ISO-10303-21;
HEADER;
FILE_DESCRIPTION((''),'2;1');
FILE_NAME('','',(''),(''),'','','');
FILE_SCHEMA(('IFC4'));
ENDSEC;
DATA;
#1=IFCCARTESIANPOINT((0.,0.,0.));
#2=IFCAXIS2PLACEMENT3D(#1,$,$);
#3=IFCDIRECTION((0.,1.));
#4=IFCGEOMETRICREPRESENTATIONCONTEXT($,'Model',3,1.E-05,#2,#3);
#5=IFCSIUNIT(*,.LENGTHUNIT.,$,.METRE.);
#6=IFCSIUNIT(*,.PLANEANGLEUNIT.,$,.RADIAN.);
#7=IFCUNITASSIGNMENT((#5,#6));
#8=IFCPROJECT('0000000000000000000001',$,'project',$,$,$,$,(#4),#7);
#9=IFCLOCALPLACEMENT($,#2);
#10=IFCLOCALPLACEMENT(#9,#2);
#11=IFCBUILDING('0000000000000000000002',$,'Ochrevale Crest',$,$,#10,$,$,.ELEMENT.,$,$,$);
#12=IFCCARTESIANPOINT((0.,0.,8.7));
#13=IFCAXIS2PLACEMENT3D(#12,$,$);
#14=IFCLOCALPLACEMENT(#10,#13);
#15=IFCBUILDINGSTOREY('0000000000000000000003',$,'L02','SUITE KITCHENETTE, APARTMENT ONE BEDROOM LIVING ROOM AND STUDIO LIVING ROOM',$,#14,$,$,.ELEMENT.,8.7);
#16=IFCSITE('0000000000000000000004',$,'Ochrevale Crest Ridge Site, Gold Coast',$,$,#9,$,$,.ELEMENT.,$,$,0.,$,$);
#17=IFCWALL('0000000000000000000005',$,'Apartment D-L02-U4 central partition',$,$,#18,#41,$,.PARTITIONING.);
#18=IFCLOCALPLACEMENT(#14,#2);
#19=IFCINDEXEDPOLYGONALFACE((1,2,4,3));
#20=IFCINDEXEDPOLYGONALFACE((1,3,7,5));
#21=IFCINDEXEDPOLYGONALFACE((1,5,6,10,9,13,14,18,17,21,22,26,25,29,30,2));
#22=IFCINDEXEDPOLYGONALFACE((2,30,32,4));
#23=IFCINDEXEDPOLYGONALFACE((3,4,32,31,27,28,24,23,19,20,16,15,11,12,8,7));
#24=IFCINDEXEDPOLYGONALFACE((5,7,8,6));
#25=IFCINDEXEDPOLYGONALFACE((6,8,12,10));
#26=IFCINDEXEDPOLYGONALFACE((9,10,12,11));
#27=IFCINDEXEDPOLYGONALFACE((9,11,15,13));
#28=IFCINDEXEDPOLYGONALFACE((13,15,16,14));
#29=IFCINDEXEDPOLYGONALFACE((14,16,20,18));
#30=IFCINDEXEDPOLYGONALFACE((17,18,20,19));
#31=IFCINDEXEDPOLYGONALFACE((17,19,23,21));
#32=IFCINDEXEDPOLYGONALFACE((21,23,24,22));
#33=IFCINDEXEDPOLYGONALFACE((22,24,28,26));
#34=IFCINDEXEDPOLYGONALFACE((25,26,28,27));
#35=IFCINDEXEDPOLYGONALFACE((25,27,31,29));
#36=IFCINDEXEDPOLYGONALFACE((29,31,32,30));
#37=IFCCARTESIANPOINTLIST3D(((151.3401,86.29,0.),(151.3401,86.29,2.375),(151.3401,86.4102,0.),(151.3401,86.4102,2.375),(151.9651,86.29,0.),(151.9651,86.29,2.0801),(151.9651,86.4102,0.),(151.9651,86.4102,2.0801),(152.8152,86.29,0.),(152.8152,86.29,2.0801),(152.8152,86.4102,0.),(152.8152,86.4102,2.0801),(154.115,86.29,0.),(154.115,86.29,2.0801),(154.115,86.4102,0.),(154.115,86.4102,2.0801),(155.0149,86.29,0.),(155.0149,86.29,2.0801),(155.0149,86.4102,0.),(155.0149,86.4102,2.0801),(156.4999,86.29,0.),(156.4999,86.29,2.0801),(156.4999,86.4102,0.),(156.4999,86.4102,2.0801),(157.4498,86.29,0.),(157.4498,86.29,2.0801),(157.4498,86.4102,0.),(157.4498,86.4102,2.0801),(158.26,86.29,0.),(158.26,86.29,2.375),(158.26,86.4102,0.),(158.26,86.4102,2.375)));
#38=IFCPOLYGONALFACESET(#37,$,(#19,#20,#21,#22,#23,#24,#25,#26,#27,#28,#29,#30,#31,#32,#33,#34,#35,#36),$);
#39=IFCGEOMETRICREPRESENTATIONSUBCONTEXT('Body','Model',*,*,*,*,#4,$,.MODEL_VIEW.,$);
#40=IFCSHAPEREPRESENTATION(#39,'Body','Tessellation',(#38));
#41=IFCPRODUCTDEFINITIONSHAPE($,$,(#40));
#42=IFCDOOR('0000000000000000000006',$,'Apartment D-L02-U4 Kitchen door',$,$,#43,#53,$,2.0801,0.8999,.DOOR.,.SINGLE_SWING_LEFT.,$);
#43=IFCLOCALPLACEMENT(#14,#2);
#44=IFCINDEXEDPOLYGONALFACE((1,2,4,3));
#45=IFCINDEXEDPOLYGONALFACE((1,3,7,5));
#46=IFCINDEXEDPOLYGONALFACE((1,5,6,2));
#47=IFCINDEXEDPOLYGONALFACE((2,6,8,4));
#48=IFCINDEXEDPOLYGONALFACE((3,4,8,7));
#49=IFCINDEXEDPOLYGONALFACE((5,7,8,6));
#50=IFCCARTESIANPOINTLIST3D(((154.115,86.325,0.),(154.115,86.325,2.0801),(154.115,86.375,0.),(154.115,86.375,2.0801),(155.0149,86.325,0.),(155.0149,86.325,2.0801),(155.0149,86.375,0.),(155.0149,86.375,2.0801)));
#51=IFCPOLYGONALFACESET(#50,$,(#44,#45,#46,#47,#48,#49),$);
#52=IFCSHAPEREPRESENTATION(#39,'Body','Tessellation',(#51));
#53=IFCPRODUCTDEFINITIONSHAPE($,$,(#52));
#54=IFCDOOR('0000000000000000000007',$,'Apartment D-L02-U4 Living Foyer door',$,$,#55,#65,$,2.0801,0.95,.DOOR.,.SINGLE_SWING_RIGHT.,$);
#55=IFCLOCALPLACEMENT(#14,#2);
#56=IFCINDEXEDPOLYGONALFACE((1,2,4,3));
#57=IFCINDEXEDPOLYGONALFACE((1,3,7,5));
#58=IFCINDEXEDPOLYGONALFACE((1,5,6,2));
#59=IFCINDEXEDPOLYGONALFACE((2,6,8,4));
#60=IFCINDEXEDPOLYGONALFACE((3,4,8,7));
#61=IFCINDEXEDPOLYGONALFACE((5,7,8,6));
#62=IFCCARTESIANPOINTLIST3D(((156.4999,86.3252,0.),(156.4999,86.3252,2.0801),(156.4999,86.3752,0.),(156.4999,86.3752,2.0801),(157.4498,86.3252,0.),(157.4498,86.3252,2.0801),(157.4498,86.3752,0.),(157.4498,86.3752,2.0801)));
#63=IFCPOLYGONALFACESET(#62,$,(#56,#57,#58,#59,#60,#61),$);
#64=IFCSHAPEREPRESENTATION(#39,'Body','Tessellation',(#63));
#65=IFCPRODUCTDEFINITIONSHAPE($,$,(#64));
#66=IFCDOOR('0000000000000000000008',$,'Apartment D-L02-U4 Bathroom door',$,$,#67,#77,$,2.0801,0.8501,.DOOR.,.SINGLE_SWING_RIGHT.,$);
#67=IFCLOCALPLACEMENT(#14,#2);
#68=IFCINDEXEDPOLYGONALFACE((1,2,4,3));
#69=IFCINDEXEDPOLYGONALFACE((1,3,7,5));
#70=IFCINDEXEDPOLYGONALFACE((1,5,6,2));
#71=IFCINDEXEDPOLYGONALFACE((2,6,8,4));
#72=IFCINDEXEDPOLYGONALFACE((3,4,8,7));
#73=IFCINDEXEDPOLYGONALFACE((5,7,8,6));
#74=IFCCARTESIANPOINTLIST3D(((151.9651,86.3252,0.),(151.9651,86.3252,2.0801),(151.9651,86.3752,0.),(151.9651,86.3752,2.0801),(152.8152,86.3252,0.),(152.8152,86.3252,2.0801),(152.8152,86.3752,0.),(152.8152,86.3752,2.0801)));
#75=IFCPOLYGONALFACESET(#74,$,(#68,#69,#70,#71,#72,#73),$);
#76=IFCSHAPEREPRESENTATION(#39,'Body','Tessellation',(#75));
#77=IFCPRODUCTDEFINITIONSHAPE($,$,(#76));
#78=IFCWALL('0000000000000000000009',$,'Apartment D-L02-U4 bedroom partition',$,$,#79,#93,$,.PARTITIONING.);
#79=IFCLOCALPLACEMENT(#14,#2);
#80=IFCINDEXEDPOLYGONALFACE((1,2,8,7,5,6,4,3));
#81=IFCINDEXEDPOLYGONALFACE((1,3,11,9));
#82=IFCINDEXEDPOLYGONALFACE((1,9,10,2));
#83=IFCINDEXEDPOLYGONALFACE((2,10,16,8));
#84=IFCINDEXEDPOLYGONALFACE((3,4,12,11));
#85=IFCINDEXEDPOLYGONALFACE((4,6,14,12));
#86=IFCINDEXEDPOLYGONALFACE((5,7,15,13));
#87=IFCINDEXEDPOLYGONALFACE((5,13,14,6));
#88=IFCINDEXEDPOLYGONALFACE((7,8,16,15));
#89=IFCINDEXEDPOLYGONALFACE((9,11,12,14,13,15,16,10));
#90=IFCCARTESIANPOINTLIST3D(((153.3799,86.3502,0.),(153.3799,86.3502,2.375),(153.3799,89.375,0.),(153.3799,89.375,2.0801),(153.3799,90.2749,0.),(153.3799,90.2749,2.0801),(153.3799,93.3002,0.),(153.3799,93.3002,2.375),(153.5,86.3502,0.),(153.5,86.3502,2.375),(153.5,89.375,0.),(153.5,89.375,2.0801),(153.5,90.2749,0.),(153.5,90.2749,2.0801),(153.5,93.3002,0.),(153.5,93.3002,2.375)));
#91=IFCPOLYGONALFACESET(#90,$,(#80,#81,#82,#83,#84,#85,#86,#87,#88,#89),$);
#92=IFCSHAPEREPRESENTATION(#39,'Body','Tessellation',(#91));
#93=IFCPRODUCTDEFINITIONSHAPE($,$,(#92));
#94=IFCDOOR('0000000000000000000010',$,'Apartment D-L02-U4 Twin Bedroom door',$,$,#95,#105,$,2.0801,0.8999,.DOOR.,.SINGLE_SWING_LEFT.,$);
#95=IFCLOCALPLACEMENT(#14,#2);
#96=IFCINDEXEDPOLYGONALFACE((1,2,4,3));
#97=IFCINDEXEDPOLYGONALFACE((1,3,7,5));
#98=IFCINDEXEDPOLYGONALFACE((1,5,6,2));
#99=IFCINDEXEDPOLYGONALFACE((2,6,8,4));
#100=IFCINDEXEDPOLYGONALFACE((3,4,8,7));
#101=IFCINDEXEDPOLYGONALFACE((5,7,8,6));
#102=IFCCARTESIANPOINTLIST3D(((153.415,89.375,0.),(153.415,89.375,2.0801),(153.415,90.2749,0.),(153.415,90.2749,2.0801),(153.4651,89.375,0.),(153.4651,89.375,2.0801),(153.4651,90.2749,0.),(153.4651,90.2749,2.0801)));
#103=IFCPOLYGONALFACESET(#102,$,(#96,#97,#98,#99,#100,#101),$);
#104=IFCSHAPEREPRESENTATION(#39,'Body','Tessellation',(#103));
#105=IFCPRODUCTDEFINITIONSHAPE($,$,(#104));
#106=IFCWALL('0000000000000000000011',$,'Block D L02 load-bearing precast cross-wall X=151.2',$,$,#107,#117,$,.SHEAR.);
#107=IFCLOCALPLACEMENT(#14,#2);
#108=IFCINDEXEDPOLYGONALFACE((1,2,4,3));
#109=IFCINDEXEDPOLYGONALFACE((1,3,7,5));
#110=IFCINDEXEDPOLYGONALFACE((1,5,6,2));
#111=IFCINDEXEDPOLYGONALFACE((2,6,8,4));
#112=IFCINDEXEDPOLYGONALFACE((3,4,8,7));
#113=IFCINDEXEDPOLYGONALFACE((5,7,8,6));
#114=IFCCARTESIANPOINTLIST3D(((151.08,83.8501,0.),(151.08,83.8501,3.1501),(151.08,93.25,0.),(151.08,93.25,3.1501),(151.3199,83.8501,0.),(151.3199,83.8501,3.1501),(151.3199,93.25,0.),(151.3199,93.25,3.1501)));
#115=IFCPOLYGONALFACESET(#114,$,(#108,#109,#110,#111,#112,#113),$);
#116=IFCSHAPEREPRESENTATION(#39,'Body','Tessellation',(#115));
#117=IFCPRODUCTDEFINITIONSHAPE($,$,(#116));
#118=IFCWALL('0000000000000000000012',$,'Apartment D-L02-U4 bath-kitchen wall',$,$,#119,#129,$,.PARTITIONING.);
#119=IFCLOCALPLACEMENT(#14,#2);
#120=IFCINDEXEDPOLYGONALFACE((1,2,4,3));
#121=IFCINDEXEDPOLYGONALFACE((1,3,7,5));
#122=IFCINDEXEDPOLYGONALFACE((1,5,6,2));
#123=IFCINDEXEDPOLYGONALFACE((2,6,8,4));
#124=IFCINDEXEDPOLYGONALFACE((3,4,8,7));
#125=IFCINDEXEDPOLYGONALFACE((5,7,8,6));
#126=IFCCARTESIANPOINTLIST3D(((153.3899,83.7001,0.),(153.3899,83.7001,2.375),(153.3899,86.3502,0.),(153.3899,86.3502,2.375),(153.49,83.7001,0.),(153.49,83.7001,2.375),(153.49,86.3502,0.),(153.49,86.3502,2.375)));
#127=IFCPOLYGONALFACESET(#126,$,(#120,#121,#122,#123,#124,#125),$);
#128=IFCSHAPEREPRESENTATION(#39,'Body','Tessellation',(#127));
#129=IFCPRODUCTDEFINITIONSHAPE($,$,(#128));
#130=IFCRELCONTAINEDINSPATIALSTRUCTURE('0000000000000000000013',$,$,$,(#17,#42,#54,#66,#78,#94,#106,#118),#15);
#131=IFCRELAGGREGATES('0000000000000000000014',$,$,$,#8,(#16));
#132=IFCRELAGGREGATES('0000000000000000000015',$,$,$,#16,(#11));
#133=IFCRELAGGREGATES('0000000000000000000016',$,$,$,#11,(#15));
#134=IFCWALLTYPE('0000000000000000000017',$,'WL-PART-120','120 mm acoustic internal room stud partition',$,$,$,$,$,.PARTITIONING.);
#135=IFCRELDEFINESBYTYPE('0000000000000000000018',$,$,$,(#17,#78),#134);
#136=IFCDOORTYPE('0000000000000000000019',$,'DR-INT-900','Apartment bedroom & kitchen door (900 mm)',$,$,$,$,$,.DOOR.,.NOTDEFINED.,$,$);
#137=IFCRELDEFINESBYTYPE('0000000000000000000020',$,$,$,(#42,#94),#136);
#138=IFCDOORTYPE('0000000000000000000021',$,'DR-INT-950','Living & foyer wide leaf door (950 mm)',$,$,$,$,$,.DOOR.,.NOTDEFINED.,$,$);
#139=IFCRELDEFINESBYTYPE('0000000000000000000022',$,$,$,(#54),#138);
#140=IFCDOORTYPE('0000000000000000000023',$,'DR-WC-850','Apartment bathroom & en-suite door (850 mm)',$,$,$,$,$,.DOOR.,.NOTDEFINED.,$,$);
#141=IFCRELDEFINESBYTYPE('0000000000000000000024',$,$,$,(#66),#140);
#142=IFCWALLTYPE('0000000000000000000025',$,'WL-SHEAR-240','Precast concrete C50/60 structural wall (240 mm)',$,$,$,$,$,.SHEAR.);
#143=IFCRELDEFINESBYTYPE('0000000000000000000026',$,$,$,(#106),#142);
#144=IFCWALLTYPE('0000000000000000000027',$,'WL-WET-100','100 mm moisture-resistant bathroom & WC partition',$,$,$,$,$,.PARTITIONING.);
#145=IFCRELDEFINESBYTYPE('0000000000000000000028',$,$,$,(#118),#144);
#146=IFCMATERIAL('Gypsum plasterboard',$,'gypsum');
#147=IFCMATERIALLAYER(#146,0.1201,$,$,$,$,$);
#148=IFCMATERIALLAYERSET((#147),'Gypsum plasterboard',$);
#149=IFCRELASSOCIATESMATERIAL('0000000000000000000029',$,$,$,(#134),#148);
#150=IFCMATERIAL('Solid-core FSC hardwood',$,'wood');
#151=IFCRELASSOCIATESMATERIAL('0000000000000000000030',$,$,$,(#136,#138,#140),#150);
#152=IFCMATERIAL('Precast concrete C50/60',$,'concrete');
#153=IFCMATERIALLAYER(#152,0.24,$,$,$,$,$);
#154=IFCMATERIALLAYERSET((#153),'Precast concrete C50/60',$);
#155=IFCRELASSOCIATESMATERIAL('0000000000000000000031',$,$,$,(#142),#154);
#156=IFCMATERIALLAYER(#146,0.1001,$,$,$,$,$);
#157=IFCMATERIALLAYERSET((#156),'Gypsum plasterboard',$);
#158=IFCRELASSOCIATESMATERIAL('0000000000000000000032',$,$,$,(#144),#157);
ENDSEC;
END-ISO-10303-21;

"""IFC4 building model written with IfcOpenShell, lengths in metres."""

from ifc_helpers import new_model, si_unit, direction, frame, frame_2d, origin, place, context, subcontext, project, spatial, rectangle, extrude, material, layer, layer_set, type_object, element, fill, save


model = new_model("IFC4")

# Units and contexts
model_context = context("Model", 3, precision=1e-05, world=origin(), true_north=direction((0.0, 1.0)))
body_context = subcontext(model_context, "Body", "Model", "MODEL_VIEW")
ifc_project = project(units=[si_unit("LENGTHUNIT", "METRE"), si_unit("PLANEANGLEUNIT", "RADIAN")], contexts=[model_context])

# Site, building, storey
site_placement = place(None, origin())
site = spatial("IfcSite", under=ifc_project, at=site_placement, Name="Ochrevale Crest Ridge Site, Gold Coast", CompositionType="ELEMENT", RefElevation=0.0)
building_placement = place(site_placement, origin())
building = spatial("IfcBuilding", under=site, at=building_placement, Name="Ochrevale Crest", CompositionType="ELEMENT")
storey_placement = place(building_placement, frame((0.0, 0.0, 8.7)))
storey = spatial("IfcBuildingStorey", under=building, at=storey_placement, Name="L02", Description="SUITE KITCHENETTE, APARTMENT ONE BEDROOM LIVING ROOM AND STUDIO LIVING ROOM", CompositionType="ELEMENT", Elevation=8.7)

# Shared definitions
ifc_material_1 = material(Name="Precast concrete C50/60", Category="concrete")

# Shared definitions
ifc_material_2 = material(Name="Gypsum plasterboard", Category="gypsum")
ifc_material_3 = material(Name="Solid-core FSC hardwood", Category="wood")

# Shared definitions
ifc_layer_1 = layer(ifc_material_2, 0.1201)
ifc_layer_set_1 = layer_set([ifc_layer_1], Name="Gypsum plasterboard")
wall_type_1 = type_object("IfcWallType", Name="WL-PART-120", Description="120 mm acoustic internal room stud partition", PredefinedType="PARTITIONING", material=ifc_layer_set_1)

# Wall, openings, doors
wall_1_placement = place(storey_placement, frame((151.3401, 86.3501, 0.0), z_axis=(0.0, 0.0, 1.0), x_axis=(1.0, 0.0, 0.0)))
wall_1 = element("IfcWall", 1, at=wall_1_placement, inside=storey, type_object=wall_type_1, Name="Apartment D-L02-U4 central partition", PredefinedType="PARTITIONING", context=body_context, shape_type="SweptSolid", body=[
    extrude(rectangle(XDim=6.9199, YDim=0.1201, at=frame_2d((3.46, 0.0))), origin(), (0.0, 0.0, 1.0), 2.375),
])
opening_1_placement = place(wall_1_placement, frame((1.4751, 0.0, 0.0), z_axis=(0.0, 0.0, 1.0), x_axis=(-1.0, 0.0, 0.0)))
opening_1 = element("IfcOpeningElement", 2, at=opening_1_placement, cuts=wall_1, PredefinedType="OPENING", context=body_context, shape_type="SweptSolid", body=[
    extrude(rectangle(XDim=0.8501, YDim=2.0801, at=frame_2d((0.425, 1.04))), frame((0.0, 0.0701, 0.0), z_axis=(0.0, -1.0, 0.0), x_axis=(1.0, 0.0, 0.0)), (0.0, 0.0, 1.0), 0.1401),
])
opening_2_placement = place(wall_1_placement, frame((2.7749, 0.0, 0.0)))
opening_2 = element("IfcOpeningElement", 3, at=opening_2_placement, cuts=wall_1, PredefinedType="OPENING", context=body_context, shape_type="SweptSolid", body=[
    extrude(rectangle(XDim=0.8999, YDim=2.0801, at=frame_2d((0.45, 1.04))), frame((0.0, 0.0701, 0.0), z_axis=(0.0, -1.0, 0.0), x_axis=(1.0, 0.0, 0.0)), (0.0, 0.0, 1.0), 0.1401),
])
opening_3_placement = place(wall_1_placement, frame((6.1099, 0.0, 0.0), z_axis=(0.0, 0.0, 1.0), x_axis=(-1.0, 0.0, 0.0)))
opening_3 = element("IfcOpeningElement", 4, at=opening_3_placement, cuts=wall_1, PredefinedType="OPENING", context=body_context, shape_type="SweptSolid", body=[
    extrude(rectangle(XDim=0.95, YDim=2.0801, at=frame_2d((0.4751, 1.04))), frame((0.0, 0.0701, 0.0), z_axis=(0.0, -1.0, 0.0), x_axis=(1.0, 0.0, 0.0)), (0.0, 0.0, 1.0), 0.1401),
])
door_type_1 = type_object("IfcDoorType", Name="DR-INT-900", Description="Apartment bedroom & kitchen door (900 mm)", OperationType="NOTDEFINED", PredefinedType="DOOR", material=ifc_material_3)
door_1_placement = place(opening_2_placement, origin())
door_1 = element("IfcDoor", 5, at=door_1_placement, inside=storey, type_object=door_type_1, Name="Apartment D-L02-U4 Kitchen door", OperationType="SINGLE_SWING_LEFT", OverallHeight=2.0801, OverallWidth=0.8999, PredefinedType="DOOR", context=body_context, shape_type="SweptSolid", body=[
    extrude(rectangle(XDim=0.8999, YDim=2.0801, at=frame_2d((0.45, 1.04))), frame((0.0, 0.0249, 0.0), z_axis=(0.0, -1.0, 0.0), x_axis=(1.0, 0.0, 0.0)), (0.0, 0.0, 1.0), 0.05),
])
fill(opening_2, door_1)
door_type_2 = type_object("IfcDoorType", Name="DR-INT-950", Description="Living & foyer wide leaf door (950 mm)", OperationType="NOTDEFINED", PredefinedType="DOOR", material=ifc_material_3)
door_2_placement = place(opening_3_placement, origin())
door_2 = element("IfcDoor", 6, at=door_2_placement, inside=storey, type_object=door_type_2, Name="Apartment D-L02-U4 Living Foyer door", OperationType="SINGLE_SWING_RIGHT", OverallHeight=2.0801, OverallWidth=0.95, PredefinedType="DOOR", context=body_context, shape_type="SweptSolid", body=[
    extrude(rectangle(XDim=0.95, YDim=2.0801, at=frame_2d((0.4751, 1.04))), frame((0.0, 0.0249, 0.0), z_axis=(0.0, -1.0, 0.0), x_axis=(1.0, 0.0, 0.0)), (0.0, 0.0, 1.0), 0.05),
])
fill(opening_3, door_2)
door_type_3 = type_object("IfcDoorType", Name="DR-WC-850", Description="Apartment bathroom & en-suite door (850 mm)", OperationType="NOTDEFINED", PredefinedType="DOOR", material=ifc_material_3)
door_3_placement = place(opening_1_placement, origin())
door_3 = element("IfcDoor", 7, at=door_3_placement, inside=storey, type_object=door_type_3, Name="Apartment D-L02-U4 Bathroom door", OperationType="SINGLE_SWING_RIGHT", OverallHeight=2.0801, OverallWidth=0.8501, PredefinedType="DOOR", context=body_context, shape_type="SweptSolid", body=[
    extrude(rectangle(XDim=0.8501, YDim=2.0801, at=frame_2d((0.425, 1.04))), frame((0.0, 0.0249, 0.0), z_axis=(0.0, -1.0, 0.0), x_axis=(1.0, 0.0, 0.0)), (0.0, 0.0, 1.0), 0.05),
])
fill(opening_1, door_3)

# Wall, opening, door
wall_2_placement = place(storey_placement, frame((153.4399, 86.3501, 0.0), z_axis=(0.0, 0.0, 1.0), x_axis=(0.0, 1.0, 0.0)))
wall_2 = element("IfcWall", 8, at=wall_2_placement, inside=storey, type_object=wall_type_1, Name="Apartment D-L02-U4 bedroom partition", PredefinedType="PARTITIONING", context=body_context, shape_type="SweptSolid", body=[
    extrude(rectangle(XDim=6.95, YDim=0.1201, at=frame_2d((3.4751, 0.0))), origin(), (0.0, 0.0, 1.0), 2.375),
])
opening_4_placement = place(wall_2_placement, frame((3.0249, 0.0, 0.0)))
opening_4 = element("IfcOpeningElement", 9, at=opening_4_placement, cuts=wall_2, PredefinedType="OPENING", context=body_context, shape_type="SweptSolid", body=[
    extrude(rectangle(XDim=0.8999, YDim=2.0801, at=frame_2d((0.45, 1.04))), frame((0.0, 0.0701, 0.0), z_axis=(0.0, -1.0, 0.0), x_axis=(1.0, 0.0, 0.0)), (0.0, 0.0, 1.0), 0.1401),
])
door_4_placement = place(opening_4_placement, origin())
door_4 = element("IfcDoor", 10, at=door_4_placement, inside=storey, type_object=door_type_1, Name="Apartment D-L02-U4 Twin Bedroom door", OperationType="SINGLE_SWING_LEFT", OverallHeight=2.0801, OverallWidth=0.8999, PredefinedType="DOOR", context=body_context, shape_type="SweptSolid", body=[
    extrude(rectangle(XDim=0.8999, YDim=2.0801, at=frame_2d((0.45, 1.04))), frame((0.0, 0.0249, 0.0), z_axis=(0.0, -1.0, 0.0), x_axis=(1.0, 0.0, 0.0)), (0.0, 0.0, 1.0), 0.05),
])
fill(opening_4, door_4)

# Walls
ifc_layer_2 = layer(ifc_material_1, 0.24)
ifc_layer_set_2 = layer_set([ifc_layer_2], Name="Precast concrete C50/60")
wall_type_2 = type_object("IfcWallType", Name="WL-SHEAR-240", Description="Precast concrete C50/60 structural wall (240 mm)", PredefinedType="SHEAR", material=ifc_layer_set_2)
wall_3_placement = place(storey_placement, frame((151.2, 83.8501, 0.0), z_axis=(0.0, 0.0, 1.0), x_axis=(0.0, 1.0, 0.0)))
element("IfcWall", 11, at=wall_3_placement, inside=storey, type_object=wall_type_2, Name="Block D L02 load-bearing precast cross-wall X=151.2", PredefinedType="SHEAR", context=body_context, shape_type="SweptSolid", body=[
    extrude(rectangle(XDim=9.3999, YDim=0.24, at=frame_2d((4.7, 0.0))), origin(), (0.0, 0.0, 1.0), 3.1501),
])
ifc_layer_3 = layer(ifc_material_2, 0.1001)
ifc_layer_set_3 = layer_set([ifc_layer_3], Name="Gypsum plasterboard")
wall_type_3 = type_object("IfcWallType", Name="WL-WET-100", Description="100 mm moisture-resistant bathroom & WC partition", PredefinedType="PARTITIONING", material=ifc_layer_set_3)
wall_4_placement = place(storey_placement, frame((153.4399, 83.7, 0.0), z_axis=(0.0, 0.0, 1.0), x_axis=(0.0, 1.0, 0.0)))
element("IfcWall", 12, at=wall_4_placement, inside=storey, type_object=wall_type_3, Name="Apartment D-L02-U4 bath-kitchen wall", PredefinedType="PARTITIONING", context=body_context, shape_type="SweptSolid", body=[
    extrude(rectangle(XDim=2.6501, YDim=0.1001, at=frame_2d((1.3252, 0.0))), origin(), (0.0, 0.0, 1.0), 2.375),
])

save(model, "model.ifc")
